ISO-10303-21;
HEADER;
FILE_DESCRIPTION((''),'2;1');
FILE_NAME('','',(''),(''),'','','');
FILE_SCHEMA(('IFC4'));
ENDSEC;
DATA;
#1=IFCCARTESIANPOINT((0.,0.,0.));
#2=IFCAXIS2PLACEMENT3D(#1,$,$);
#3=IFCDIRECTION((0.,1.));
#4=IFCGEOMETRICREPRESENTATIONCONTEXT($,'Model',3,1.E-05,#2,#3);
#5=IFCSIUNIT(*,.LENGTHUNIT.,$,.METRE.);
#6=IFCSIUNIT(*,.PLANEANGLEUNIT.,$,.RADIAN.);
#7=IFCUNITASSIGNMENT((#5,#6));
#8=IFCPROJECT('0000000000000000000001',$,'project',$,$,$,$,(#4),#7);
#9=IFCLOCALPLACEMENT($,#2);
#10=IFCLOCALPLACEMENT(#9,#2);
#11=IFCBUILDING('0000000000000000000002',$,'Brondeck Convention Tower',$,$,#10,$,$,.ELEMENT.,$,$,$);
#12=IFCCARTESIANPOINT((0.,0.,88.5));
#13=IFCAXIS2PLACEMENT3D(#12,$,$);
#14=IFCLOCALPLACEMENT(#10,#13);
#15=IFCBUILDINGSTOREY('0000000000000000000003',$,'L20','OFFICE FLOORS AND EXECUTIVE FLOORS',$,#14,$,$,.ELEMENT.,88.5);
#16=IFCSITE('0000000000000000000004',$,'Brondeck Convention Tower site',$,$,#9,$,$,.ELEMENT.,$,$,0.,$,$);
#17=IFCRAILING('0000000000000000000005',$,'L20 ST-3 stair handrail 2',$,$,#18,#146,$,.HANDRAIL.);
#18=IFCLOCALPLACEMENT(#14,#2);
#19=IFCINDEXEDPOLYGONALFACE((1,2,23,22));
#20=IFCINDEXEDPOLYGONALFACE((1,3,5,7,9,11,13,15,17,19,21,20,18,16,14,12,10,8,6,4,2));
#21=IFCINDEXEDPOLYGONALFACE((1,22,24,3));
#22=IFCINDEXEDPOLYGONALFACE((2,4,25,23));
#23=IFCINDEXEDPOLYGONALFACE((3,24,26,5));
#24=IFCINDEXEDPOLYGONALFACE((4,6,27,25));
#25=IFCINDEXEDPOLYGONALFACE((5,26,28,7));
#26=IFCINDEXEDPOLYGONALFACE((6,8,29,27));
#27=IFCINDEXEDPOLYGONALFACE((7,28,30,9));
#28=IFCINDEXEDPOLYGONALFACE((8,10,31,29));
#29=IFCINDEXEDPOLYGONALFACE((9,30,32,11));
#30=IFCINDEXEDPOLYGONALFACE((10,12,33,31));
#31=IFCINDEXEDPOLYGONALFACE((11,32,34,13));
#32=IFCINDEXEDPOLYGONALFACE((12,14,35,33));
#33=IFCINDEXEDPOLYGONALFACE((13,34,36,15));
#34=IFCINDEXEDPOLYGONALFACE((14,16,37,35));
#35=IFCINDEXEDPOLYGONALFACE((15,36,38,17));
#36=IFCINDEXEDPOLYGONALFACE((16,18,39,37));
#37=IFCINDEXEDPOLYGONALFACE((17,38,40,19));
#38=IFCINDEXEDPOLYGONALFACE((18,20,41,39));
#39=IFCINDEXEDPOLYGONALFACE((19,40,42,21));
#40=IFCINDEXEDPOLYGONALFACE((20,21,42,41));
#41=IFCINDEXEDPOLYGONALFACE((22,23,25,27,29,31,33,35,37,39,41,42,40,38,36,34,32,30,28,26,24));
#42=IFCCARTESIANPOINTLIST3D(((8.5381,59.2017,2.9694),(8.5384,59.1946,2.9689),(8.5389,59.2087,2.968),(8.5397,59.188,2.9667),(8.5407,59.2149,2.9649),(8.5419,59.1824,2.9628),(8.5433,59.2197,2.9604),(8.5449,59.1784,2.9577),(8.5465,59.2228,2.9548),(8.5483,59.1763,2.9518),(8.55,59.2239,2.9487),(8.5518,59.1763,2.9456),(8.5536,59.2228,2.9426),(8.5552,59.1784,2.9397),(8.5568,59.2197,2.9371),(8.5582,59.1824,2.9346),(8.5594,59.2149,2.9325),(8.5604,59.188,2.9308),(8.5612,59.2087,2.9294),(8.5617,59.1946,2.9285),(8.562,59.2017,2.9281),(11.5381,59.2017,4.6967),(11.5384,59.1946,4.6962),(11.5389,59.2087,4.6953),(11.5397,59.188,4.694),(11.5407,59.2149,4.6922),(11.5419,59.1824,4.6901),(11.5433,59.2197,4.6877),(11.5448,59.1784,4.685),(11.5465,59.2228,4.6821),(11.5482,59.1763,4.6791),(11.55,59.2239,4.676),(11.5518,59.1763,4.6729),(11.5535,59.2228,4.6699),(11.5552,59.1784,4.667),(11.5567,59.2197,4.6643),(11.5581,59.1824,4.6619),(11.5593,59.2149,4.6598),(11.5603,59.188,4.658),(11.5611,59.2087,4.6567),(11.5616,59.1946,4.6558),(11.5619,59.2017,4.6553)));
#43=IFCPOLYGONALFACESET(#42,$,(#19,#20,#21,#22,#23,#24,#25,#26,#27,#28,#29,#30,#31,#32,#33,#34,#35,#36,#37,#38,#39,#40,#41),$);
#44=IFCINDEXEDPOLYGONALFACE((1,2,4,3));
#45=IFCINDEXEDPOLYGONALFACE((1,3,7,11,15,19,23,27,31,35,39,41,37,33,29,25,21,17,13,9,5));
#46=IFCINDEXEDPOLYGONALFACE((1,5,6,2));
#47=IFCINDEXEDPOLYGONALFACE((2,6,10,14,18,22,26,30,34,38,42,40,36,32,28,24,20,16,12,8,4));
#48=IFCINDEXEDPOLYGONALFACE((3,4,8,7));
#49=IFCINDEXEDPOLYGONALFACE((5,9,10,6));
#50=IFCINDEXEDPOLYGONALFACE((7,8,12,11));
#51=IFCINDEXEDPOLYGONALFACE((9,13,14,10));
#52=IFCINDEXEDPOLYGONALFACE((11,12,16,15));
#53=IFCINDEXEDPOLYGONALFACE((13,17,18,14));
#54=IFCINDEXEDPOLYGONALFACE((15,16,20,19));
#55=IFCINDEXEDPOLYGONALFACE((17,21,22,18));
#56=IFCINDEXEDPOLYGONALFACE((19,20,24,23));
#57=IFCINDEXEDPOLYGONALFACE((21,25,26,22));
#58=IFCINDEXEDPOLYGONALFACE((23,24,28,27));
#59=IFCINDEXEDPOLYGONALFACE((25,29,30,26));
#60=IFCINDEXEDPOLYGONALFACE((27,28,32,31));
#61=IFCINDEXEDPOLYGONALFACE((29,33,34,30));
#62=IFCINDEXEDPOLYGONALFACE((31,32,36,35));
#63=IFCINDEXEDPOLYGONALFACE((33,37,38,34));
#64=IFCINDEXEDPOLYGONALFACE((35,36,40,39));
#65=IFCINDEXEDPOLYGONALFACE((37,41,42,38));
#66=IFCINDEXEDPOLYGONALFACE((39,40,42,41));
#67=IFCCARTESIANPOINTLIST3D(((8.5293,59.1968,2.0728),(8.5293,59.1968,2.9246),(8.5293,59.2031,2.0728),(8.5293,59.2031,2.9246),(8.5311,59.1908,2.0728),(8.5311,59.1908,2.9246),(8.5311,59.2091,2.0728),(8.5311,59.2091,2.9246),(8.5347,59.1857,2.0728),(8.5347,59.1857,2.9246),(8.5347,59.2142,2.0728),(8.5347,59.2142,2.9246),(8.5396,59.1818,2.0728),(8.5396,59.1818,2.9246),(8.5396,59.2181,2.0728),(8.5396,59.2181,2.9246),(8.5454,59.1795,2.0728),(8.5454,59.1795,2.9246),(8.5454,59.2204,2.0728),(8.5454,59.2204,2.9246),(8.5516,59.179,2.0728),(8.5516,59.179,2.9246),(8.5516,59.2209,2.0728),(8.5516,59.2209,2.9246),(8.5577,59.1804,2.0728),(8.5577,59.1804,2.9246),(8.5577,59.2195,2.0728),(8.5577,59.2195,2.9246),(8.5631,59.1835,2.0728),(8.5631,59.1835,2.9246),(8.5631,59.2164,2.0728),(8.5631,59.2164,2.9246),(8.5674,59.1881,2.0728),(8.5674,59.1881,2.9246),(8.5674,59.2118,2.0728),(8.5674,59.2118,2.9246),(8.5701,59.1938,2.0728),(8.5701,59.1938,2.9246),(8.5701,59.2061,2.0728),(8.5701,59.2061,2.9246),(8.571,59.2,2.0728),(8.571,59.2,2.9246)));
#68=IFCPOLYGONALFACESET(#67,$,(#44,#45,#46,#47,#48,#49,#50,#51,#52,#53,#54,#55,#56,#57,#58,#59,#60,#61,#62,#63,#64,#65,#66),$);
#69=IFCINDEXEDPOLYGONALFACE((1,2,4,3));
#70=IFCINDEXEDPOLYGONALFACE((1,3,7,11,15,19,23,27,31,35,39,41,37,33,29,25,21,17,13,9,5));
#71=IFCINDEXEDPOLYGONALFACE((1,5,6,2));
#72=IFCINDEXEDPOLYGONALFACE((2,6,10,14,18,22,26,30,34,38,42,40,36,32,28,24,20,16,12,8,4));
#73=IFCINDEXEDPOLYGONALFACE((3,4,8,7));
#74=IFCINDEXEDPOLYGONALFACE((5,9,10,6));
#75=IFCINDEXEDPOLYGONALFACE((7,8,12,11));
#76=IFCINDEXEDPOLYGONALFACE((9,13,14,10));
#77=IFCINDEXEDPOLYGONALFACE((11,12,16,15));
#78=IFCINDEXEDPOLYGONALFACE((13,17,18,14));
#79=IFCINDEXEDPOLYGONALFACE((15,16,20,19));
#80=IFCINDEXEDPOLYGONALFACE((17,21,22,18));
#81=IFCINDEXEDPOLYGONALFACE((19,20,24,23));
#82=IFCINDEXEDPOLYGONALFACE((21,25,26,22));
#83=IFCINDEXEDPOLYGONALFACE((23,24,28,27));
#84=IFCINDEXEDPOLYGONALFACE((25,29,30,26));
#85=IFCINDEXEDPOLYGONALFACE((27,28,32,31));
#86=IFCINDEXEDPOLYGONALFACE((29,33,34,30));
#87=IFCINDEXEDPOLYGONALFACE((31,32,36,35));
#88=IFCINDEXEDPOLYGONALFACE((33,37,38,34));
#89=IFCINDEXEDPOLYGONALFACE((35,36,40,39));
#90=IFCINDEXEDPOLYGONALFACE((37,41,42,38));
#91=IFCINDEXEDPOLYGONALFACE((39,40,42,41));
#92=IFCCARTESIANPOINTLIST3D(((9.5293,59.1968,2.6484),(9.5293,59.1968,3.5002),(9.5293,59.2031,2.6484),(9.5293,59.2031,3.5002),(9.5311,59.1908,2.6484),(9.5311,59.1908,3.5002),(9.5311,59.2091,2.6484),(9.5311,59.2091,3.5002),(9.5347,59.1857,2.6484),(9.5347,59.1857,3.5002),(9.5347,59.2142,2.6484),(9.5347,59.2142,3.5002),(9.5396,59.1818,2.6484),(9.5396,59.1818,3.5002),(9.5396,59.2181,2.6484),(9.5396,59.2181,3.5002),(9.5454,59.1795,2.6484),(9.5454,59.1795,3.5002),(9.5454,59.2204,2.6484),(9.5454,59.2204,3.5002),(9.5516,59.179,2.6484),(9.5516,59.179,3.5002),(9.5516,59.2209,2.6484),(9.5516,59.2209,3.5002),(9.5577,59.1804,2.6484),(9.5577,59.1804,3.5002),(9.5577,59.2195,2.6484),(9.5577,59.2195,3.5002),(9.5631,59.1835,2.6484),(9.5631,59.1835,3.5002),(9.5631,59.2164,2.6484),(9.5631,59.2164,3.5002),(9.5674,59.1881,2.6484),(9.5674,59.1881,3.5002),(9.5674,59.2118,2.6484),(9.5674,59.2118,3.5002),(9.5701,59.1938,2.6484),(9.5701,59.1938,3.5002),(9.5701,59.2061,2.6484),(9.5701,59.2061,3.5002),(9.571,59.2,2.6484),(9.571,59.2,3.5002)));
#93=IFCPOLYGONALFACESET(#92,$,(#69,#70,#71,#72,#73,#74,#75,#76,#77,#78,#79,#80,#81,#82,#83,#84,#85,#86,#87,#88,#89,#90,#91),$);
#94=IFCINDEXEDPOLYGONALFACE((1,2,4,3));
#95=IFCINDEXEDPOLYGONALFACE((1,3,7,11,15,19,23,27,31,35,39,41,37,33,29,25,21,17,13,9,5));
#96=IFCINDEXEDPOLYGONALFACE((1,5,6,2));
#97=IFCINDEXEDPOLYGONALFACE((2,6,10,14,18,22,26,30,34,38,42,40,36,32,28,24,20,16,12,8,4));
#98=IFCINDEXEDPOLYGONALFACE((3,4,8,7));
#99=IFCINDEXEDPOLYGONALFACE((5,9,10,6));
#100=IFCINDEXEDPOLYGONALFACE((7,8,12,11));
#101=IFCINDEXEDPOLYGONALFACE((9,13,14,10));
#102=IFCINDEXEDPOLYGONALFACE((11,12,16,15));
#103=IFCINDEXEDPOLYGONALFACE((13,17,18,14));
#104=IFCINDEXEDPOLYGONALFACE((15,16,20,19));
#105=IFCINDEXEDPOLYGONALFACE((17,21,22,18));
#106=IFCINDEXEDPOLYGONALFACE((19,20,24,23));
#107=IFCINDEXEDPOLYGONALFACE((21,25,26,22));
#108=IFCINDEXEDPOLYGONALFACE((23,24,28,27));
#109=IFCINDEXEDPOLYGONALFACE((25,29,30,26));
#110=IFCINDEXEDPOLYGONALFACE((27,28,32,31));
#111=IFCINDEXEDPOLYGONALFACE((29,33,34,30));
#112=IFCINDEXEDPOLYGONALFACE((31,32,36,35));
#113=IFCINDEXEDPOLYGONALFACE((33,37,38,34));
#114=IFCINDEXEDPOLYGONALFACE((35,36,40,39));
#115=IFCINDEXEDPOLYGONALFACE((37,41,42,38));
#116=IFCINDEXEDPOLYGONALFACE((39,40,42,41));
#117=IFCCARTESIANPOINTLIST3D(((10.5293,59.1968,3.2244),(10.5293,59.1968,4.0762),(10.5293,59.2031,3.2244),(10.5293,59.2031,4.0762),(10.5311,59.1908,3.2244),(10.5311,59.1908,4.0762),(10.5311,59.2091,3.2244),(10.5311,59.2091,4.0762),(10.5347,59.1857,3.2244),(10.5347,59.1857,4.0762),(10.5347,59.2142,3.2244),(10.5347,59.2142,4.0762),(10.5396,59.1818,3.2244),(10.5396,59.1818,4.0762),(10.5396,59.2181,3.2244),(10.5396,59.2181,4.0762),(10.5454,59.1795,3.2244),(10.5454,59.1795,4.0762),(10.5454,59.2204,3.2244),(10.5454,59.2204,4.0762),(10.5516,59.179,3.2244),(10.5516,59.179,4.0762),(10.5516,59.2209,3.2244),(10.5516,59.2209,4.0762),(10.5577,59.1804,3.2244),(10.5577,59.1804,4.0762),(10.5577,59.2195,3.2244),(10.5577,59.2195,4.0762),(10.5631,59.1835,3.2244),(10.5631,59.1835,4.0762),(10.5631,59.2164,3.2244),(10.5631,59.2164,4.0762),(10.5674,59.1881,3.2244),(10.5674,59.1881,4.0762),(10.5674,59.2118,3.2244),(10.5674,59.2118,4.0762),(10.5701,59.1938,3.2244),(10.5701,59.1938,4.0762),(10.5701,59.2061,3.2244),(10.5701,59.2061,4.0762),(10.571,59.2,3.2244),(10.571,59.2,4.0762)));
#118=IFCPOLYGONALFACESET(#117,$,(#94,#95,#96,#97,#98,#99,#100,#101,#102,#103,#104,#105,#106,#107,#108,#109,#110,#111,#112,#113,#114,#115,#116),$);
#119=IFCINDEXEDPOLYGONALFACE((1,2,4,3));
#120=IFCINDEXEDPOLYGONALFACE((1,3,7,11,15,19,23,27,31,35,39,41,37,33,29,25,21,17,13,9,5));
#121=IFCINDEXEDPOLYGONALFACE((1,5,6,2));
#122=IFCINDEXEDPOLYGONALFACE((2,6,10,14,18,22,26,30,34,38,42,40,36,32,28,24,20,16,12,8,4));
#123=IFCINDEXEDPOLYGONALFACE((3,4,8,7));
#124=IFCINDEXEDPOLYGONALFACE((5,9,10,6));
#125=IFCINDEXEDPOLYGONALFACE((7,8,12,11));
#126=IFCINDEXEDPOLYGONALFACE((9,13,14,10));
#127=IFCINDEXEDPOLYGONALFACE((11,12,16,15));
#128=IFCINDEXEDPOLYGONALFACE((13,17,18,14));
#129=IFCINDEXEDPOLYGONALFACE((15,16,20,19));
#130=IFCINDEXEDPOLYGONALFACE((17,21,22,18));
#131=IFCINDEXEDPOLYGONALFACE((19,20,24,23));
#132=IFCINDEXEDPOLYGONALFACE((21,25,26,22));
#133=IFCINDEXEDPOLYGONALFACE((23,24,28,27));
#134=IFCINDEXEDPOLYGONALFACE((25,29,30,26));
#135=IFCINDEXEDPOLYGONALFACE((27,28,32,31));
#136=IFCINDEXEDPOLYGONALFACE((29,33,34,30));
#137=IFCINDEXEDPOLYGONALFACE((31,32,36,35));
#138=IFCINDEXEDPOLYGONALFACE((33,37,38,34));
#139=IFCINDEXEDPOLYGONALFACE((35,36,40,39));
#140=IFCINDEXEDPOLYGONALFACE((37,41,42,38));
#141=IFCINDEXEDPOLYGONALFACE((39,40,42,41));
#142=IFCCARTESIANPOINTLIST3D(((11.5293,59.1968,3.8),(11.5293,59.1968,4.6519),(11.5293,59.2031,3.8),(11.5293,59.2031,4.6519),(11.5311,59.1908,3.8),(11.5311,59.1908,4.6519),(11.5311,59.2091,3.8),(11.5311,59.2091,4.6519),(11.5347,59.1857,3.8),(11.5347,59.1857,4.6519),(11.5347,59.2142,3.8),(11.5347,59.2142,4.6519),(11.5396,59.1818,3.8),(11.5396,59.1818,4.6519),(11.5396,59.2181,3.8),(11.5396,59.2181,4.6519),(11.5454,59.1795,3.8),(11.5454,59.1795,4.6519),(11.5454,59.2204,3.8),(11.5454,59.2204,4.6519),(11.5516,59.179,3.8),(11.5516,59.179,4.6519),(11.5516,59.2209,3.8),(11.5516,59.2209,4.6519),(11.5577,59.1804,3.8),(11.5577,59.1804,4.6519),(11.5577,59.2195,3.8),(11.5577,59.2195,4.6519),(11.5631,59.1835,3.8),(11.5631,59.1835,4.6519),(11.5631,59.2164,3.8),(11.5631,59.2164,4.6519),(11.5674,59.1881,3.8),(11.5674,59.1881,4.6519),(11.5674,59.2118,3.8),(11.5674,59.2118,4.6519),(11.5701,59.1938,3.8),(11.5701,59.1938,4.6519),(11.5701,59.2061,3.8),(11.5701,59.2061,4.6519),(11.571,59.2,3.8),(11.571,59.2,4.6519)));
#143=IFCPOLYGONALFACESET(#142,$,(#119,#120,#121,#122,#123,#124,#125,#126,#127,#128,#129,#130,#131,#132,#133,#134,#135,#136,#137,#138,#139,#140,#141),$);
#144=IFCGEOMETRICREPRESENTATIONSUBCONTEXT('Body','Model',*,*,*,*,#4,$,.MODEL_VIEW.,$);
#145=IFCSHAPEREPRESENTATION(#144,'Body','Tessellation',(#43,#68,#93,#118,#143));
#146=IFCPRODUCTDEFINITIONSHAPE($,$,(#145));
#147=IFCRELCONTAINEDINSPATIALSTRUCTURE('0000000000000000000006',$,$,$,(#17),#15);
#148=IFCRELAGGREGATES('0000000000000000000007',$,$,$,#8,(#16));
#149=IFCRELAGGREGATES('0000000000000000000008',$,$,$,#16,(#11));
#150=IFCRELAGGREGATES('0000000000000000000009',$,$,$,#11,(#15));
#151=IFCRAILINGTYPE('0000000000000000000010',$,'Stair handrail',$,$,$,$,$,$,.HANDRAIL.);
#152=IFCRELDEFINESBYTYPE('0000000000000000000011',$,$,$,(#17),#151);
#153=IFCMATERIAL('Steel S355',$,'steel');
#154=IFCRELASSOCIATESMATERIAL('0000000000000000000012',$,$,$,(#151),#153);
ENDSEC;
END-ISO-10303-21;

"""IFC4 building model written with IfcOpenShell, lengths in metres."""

from ifc_helpers import new_model, si_unit, direction, frame, origin, origin_2d, place, context, subcontext, project, spatial, circle, extrude, material, type_object, element, save


model = new_model("IFC4")

# Units and contexts
model_context = context("Model", 3, precision=1e-05, world=origin(), true_north=direction((0.0, 1.0)))
body_context = subcontext(model_context, "Body", "Model", "MODEL_VIEW")
ifc_project = project(units=[si_unit("LENGTHUNIT", "METRE"), si_unit("PLANEANGLEUNIT", "RADIAN")], contexts=[model_context])

# Site, building, storey
site_placement = place(None, origin())
site = spatial("IfcSite", under=ifc_project, at=site_placement, Name="Brondeck Convention Tower site", CompositionType="ELEMENT", RefElevation=0.0)
building_placement = place(site_placement, origin())
building = spatial("IfcBuilding", under=site, at=building_placement, Name="Brondeck Convention Tower", CompositionType="ELEMENT")
storey_placement = place(building_placement, frame((0.0, 0.0, 88.5)))
storey = spatial("IfcBuildingStorey", under=building, at=storey_placement, Name="L20", Description="OFFICE FLOORS AND EXECUTIVE FLOORS", CompositionType="ELEMENT", Elevation=88.5)

# Railing
ifc_material_1 = material(Name="Steel S355", Category="steel")
railing_type_1 = type_object("IfcRailingType", Name="Stair handrail", PredefinedType="HANDRAIL", material=ifc_material_1)
railing_1_placement = place(storey_placement, frame((8.55, 59.2, 2.0728)))
element("IfcRailing", 1, at=railing_1_placement, inside=storey, type_object=railing_type_1, Name="L20 ST-3 stair handrail 2", PredefinedType="HANDRAIL", context=body_context, shape_type="SweptSolid", body=[
    extrude(circle(Radius=0.0239, at=origin_2d()), frame((0.0, 0.0, 0.876), z_axis=(0.86662, 0.0, 0.498969), x_axis=(0.0, 1.0, 0.0)), (0.0, 0.0, 1.0), 3.4617),
    extrude(circle(Radius=0.021, at=origin_2d()), origin(), (0.0, 0.0, 1.0), 0.8518),
    extrude(circle(Radius=0.021, at=origin_2d()), frame((1.0, 0.0, 0.5757)), (0.0, 0.0, 1.0), 0.8518),
    extrude(circle(Radius=0.021, at=origin_2d()), frame((2.0, 0.0, 1.1516)), (0.0, 0.0, 1.0), 0.8518),
    extrude(circle(Radius=0.021, at=origin_2d()), frame((3.0, 0.0, 1.7273)), (0.0, 0.0, 1.0), 0.8518),
])

save(model, "model.ifc")
